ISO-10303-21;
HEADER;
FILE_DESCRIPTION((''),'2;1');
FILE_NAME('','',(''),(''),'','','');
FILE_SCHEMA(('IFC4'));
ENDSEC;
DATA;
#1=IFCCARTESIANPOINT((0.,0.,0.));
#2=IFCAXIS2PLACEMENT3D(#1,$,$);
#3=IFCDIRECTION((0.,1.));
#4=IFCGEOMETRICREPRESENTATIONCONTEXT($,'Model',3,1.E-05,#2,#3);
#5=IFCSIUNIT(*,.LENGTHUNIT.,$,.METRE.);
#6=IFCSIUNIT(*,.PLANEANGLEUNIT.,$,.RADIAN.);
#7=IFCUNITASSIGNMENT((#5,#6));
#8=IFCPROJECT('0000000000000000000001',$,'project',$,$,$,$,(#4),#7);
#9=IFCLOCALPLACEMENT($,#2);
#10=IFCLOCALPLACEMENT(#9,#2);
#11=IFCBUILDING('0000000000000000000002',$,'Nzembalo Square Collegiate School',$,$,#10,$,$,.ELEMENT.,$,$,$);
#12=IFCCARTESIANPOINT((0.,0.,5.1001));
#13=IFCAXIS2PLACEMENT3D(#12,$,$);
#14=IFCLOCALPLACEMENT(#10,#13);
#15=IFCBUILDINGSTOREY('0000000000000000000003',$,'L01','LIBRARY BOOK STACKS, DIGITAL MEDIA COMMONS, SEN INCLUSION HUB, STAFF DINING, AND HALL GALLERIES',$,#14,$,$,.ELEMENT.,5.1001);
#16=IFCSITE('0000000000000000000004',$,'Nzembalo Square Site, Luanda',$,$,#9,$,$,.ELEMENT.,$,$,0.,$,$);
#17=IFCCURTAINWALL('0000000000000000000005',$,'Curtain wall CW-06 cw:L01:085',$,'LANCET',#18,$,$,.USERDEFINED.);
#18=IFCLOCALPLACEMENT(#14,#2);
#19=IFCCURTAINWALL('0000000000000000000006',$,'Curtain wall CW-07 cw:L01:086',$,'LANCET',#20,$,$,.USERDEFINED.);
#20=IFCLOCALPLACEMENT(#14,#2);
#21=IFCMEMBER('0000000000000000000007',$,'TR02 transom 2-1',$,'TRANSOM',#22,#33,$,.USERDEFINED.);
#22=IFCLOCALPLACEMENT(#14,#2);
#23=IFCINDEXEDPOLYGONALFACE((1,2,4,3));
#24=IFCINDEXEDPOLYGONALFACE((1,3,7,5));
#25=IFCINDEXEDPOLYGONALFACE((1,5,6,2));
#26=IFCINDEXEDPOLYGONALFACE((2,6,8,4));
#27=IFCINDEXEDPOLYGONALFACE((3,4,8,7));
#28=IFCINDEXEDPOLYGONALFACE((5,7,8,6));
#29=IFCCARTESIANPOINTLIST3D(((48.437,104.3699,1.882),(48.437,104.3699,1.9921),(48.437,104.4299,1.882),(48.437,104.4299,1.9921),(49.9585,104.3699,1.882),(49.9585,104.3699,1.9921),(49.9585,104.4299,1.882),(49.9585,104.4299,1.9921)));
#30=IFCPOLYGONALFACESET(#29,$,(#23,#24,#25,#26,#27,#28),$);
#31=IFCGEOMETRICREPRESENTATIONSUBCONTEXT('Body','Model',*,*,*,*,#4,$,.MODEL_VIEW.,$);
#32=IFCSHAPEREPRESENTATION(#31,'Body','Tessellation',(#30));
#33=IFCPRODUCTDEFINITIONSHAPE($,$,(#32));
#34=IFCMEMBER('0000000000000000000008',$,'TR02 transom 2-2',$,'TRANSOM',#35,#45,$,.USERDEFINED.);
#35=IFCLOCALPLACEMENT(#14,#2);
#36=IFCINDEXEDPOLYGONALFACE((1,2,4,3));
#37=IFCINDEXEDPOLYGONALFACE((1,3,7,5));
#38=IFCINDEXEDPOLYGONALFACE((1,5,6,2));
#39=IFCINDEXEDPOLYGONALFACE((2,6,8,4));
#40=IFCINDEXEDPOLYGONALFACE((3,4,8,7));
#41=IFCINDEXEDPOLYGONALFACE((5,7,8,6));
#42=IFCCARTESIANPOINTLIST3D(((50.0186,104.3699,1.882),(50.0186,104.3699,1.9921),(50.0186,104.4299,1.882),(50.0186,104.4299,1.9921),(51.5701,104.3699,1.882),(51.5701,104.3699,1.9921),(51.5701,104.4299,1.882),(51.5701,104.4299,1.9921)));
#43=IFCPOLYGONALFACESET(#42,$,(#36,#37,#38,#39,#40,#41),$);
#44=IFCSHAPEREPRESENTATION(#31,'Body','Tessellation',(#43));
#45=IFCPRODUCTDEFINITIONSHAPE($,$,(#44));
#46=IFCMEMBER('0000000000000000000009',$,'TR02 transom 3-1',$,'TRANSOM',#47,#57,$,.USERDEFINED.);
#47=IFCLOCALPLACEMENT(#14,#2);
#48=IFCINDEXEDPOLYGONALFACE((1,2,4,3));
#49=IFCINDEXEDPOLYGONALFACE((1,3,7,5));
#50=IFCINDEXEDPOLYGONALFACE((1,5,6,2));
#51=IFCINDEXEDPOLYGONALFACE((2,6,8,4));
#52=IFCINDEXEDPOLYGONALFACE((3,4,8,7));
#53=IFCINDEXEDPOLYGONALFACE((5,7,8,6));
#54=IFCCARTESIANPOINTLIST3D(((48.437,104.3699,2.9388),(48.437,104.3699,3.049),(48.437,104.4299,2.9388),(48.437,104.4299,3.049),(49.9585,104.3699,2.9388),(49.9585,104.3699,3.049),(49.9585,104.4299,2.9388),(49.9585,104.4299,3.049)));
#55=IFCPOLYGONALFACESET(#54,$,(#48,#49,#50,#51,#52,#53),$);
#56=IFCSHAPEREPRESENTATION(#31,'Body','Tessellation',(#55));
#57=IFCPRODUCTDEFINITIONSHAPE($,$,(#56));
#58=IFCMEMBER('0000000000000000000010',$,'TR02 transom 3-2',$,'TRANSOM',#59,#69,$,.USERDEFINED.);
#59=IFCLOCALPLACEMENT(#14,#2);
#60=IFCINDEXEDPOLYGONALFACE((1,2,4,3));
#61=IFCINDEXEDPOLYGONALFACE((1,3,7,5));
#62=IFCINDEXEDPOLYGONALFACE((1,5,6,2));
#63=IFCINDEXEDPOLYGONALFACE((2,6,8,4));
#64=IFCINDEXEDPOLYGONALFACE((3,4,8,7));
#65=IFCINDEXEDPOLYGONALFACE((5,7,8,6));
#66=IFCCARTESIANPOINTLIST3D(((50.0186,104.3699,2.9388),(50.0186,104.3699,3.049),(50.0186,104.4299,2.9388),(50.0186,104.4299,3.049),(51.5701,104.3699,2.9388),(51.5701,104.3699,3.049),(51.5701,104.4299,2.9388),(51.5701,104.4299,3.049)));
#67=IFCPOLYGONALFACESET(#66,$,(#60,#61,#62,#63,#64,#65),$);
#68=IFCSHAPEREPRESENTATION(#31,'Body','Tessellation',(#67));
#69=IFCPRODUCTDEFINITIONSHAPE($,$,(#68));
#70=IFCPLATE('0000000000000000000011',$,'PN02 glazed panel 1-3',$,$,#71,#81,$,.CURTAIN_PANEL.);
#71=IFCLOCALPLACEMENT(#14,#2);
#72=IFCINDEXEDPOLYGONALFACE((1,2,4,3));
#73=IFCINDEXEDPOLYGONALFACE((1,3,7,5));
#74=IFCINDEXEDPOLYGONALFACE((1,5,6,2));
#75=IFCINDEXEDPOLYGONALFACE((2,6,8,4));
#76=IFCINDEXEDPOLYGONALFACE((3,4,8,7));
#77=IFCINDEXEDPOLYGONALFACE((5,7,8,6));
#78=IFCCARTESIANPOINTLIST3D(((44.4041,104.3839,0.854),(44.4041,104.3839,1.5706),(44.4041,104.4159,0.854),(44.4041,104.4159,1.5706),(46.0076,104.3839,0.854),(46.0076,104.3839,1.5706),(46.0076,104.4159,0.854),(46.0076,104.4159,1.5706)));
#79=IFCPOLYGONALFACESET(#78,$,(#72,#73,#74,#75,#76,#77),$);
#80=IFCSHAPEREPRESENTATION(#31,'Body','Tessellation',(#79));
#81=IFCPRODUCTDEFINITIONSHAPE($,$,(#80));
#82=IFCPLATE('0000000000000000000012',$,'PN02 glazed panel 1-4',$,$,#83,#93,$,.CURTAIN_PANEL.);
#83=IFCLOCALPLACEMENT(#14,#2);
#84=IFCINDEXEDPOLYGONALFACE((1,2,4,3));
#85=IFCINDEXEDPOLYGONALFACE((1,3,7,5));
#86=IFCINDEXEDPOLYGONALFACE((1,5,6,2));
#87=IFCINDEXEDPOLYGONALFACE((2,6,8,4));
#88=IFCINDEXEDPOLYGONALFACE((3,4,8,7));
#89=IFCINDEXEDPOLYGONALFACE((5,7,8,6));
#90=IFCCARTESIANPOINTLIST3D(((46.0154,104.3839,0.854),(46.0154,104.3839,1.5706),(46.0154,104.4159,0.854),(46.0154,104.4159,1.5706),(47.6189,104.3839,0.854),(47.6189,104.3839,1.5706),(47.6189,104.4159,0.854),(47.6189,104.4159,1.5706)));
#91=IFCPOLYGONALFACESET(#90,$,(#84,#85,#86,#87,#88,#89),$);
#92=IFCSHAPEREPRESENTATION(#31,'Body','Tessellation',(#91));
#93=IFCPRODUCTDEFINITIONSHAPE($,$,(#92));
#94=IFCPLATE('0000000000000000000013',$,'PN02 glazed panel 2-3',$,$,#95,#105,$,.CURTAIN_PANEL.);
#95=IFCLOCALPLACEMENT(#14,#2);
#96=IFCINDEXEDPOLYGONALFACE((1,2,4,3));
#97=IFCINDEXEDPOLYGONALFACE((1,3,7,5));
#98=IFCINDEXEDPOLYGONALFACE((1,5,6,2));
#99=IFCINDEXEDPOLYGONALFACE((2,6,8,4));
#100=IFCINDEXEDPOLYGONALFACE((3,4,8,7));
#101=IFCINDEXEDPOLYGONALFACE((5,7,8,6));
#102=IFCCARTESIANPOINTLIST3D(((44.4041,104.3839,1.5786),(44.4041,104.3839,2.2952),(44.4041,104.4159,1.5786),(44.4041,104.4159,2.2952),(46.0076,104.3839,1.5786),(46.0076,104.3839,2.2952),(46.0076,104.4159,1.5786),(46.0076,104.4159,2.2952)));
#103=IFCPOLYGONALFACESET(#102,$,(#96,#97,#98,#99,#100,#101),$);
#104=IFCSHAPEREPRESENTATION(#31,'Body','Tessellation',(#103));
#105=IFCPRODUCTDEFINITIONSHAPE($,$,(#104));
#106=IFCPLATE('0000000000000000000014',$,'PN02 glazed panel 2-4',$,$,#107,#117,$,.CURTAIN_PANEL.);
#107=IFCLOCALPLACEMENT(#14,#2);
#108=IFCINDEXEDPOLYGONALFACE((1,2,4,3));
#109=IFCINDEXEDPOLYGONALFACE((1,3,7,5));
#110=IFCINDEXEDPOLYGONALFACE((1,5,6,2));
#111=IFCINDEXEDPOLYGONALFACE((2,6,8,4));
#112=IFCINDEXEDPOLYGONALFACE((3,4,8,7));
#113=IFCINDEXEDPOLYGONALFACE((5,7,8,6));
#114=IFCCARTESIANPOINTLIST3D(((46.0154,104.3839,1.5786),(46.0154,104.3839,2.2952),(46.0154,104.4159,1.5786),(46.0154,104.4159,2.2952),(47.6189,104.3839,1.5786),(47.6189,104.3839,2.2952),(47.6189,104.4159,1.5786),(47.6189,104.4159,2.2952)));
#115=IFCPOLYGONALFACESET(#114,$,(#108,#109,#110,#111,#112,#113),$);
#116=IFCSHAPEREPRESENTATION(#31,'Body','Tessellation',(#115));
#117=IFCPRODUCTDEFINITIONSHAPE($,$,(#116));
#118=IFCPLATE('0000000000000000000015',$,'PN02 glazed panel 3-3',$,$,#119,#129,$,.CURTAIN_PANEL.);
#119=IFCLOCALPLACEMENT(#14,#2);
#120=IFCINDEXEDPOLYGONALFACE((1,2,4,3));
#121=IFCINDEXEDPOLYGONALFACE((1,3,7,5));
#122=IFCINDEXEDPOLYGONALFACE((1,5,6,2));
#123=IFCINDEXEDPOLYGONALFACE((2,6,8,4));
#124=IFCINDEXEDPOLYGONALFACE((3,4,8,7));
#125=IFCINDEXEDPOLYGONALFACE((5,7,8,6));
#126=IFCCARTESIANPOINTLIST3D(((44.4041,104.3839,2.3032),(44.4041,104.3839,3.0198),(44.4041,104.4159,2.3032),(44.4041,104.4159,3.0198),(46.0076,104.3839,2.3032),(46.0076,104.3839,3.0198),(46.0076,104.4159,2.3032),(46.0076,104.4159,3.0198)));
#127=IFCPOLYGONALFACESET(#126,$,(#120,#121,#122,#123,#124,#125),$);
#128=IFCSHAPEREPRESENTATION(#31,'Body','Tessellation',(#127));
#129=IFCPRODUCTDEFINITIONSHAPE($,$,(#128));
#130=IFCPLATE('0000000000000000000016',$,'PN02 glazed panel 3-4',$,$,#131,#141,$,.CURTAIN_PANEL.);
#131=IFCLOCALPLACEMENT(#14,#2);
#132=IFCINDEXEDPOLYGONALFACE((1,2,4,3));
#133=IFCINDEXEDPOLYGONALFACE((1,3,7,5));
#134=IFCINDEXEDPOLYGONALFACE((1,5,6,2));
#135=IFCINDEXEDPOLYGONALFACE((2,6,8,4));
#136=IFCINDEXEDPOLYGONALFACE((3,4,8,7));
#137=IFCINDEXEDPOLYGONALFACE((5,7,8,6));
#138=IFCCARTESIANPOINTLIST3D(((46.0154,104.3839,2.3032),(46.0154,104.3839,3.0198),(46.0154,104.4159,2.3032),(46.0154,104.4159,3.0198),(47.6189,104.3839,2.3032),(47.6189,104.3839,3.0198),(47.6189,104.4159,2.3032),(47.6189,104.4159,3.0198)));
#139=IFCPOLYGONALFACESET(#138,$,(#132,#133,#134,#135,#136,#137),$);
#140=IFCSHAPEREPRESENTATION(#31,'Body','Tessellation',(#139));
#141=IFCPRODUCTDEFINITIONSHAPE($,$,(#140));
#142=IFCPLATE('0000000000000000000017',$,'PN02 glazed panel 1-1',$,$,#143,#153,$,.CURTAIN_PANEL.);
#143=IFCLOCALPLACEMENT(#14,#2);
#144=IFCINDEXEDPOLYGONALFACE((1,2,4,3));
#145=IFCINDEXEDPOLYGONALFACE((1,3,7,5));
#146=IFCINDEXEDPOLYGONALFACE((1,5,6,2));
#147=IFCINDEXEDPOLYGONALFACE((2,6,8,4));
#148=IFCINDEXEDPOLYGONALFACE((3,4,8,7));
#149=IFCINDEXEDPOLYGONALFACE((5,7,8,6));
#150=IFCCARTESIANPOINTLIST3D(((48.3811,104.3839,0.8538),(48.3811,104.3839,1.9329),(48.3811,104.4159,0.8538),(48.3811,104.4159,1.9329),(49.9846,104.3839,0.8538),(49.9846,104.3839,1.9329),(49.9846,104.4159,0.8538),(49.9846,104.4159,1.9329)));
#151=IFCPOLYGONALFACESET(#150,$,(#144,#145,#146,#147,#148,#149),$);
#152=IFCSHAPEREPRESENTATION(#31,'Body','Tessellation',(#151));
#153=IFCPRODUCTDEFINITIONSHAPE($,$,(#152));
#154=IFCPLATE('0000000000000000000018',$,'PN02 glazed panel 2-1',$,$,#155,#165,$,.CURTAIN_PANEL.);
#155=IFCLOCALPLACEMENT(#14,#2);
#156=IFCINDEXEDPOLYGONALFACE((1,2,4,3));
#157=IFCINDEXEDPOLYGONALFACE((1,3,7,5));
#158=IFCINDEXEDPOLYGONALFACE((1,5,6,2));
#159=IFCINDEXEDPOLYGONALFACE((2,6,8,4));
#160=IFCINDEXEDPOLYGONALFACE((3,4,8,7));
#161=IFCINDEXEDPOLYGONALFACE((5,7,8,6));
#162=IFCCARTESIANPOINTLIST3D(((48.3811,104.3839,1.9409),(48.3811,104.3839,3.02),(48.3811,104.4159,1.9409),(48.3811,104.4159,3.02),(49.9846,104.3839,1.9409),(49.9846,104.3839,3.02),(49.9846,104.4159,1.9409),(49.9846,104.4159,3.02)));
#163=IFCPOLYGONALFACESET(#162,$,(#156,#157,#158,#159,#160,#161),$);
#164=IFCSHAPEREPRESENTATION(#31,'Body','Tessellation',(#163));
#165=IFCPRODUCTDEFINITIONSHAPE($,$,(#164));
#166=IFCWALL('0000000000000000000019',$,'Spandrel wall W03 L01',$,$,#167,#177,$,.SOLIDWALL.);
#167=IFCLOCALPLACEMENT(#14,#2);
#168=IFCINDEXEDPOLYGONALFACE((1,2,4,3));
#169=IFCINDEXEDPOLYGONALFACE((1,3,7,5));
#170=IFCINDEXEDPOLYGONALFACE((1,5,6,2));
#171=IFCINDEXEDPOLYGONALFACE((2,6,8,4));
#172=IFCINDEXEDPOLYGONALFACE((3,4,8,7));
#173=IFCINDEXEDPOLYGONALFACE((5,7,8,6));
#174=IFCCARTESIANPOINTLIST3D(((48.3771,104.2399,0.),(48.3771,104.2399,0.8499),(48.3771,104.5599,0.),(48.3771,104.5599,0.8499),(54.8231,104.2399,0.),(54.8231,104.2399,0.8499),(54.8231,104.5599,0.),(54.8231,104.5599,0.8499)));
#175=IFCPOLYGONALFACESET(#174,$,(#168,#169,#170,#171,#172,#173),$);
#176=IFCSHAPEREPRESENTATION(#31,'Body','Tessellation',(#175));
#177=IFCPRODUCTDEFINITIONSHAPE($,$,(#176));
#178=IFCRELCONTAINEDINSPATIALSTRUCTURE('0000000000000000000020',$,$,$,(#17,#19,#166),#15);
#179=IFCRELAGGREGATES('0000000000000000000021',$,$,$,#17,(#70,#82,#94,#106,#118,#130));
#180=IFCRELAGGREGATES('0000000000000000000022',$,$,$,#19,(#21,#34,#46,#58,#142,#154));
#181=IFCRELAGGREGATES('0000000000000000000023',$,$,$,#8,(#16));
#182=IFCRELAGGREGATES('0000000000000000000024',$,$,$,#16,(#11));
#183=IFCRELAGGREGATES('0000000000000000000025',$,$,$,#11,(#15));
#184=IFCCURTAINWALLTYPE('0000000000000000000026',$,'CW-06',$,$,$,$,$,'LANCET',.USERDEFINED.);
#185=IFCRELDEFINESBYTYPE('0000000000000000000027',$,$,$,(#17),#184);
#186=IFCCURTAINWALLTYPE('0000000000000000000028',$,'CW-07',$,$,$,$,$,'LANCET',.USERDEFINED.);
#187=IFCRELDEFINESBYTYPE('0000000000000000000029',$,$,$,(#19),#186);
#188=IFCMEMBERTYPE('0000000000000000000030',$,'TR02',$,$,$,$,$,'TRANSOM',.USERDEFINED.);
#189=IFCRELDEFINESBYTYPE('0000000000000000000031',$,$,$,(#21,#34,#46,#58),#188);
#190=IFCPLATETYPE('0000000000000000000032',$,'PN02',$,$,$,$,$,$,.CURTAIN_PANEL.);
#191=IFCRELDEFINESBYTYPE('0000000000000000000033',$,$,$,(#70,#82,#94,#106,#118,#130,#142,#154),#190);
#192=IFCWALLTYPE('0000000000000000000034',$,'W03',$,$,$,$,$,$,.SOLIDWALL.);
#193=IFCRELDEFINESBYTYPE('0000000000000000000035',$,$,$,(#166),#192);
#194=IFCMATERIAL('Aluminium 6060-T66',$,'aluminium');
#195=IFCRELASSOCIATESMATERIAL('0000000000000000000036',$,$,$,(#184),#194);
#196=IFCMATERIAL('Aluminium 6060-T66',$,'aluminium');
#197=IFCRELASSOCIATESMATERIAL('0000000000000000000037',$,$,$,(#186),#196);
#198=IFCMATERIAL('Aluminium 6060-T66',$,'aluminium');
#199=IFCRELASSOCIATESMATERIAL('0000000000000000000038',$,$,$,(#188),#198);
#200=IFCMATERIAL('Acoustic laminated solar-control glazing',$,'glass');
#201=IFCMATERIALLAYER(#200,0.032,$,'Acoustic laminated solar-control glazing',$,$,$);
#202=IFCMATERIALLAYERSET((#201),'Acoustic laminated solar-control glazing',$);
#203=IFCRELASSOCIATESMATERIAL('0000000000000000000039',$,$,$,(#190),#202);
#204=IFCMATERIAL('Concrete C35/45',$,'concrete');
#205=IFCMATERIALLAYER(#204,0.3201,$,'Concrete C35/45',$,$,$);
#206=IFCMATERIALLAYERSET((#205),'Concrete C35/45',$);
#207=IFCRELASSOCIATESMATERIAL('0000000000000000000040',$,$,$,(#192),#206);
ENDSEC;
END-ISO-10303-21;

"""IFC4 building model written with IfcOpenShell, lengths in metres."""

from ifc_helpers import new_model, si_unit, direction, frame, frame_2d, origin, origin_2d, place, context, subcontext, project, spatial, rectangle, extrude, material, layer, layer_set, material_profile, profile_set, type_object, element, aggregate, save


model = new_model("IFC4")

# Units and contexts
model_context = context("Model", 3, precision=1e-05, world=origin(), true_north=direction((0.0, 1.0)))
body_context = subcontext(model_context, "Body", "Model", "MODEL_VIEW")
ifc_project = project(units=[si_unit("LENGTHUNIT", "METRE"), si_unit("PLANEANGLEUNIT", "RADIAN")], contexts=[model_context])

# Site, building, storey
site_placement = place(None, origin())
site = spatial("IfcSite", under=ifc_project, at=site_placement, Name="Nzembalo Square Site, Luanda", CompositionType="ELEMENT", RefElevation=0.0)
building_placement = place(site_placement, origin())
building = spatial("IfcBuilding", under=site, at=building_placement, Name="Nzembalo Square Collegiate School", CompositionType="ELEMENT")
storey_placement = place(building_placement, frame((0.0, 0.0, 5.1001)))
storey = spatial("IfcBuildingStorey", under=building, at=storey_placement, Name="L01", Description="LIBRARY BOOK STACKS, DIGITAL MEDIA COMMONS, SEN INCLUSION HUB, STAFF DINING, AND HALL GALLERIES", CompositionType="ELEMENT", Elevation=5.1001)

# Curtain walls
ifc_material_1 = material(Name="Aluminium 6060-T66", Category="aluminium")
curtain_wall_type_1 = type_object("IfcCurtainWallType", Name="CW-06", ElementType="LANCET", PredefinedType="USERDEFINED", material=ifc_material_1)
curtain_wall_1_placement = place(storey_placement, origin())
curtain_wall_1 = element("IfcCurtainWall", 1, at=curtain_wall_1_placement, inside=storey, type_object=curtain_wall_type_1, Name="Curtain wall CW-06 cw:L01:085", ObjectType="LANCET", PredefinedType="USERDEFINED")
ifc_material_2 = material(Name="Aluminium 6060-T66", Category="aluminium")
curtain_wall_type_2 = type_object("IfcCurtainWallType", Name="CW-07", ElementType="LANCET", PredefinedType="USERDEFINED", material=ifc_material_2)
curtain_wall_2_placement = place(storey_placement, origin())
curtain_wall_2 = element("IfcCurtainWall", 2, at=curtain_wall_2_placement, inside=storey, type_object=curtain_wall_type_2, Name="Curtain wall CW-07 cw:L01:086", ObjectType="LANCET", PredefinedType="USERDEFINED")

# Members
ifc_material_3 = material(Name="Aluminium 6060-T66", Category="aluminium")
ifc_material_profile_1 = material_profile(ifc_material_3, rectangle(XDim=0.0601, YDim=0.1101, at=origin_2d()), Name="ALU T60x110")
ifc_profile_set_1 = profile_set([ifc_material_profile_1], Name="Aluminium 6060-T66")
member_type_1 = type_object("IfcMemberType", Name="TR02", ElementType="TRANSOM", PredefinedType="USERDEFINED", material=ifc_profile_set_1)
member_1_placement = place(storey_placement, frame((48.437, 104.3999, 1.937), z_axis=(1.0, 0.0, 0.0), x_axis=(0.0, 1.0, 0.0)))
member_1 = element("IfcMember", 3, at=member_1_placement, type_object=member_type_1, Name="TR02 transom 2-1", ObjectType="TRANSOM", PredefinedType="USERDEFINED", context=body_context, shape_type="SweptSolid", body=[
    extrude(rectangle(XDim=0.0601, YDim=0.1101, at=origin_2d()), origin(), (0.0, 0.0, 1.0), 1.5215),
])
member_2_placement = place(storey_placement, frame((50.0186, 104.3999, 1.937), z_axis=(1.0, 0.0, 0.0), x_axis=(0.0, 1.0, 0.0)))
member_2 = element("IfcMember", 4, at=member_2_placement, type_object=member_type_1, Name="TR02 transom 2-2", ObjectType="TRANSOM", PredefinedType="USERDEFINED", context=body_context, shape_type="SweptSolid", body=[
    extrude(rectangle(XDim=0.0601, YDim=0.1101, at=origin_2d()), origin(), (0.0, 0.0, 1.0), 1.5515),
])
member_3_placement = place(storey_placement, frame((48.437, 104.3999, 2.9939), z_axis=(1.0, 0.0, 0.0), x_axis=(0.0, 1.0, 0.0)))
member_3 = element("IfcMember", 5, at=member_3_placement, type_object=member_type_1, Name="TR02 transom 3-1", ObjectType="TRANSOM", PredefinedType="USERDEFINED", context=body_context, shape_type="SweptSolid", body=[
    extrude(rectangle(XDim=0.0601, YDim=0.1101, at=origin_2d()), origin(), (0.0, 0.0, 1.0), 1.5215),
])
member_4_placement = place(storey_placement, frame((50.0186, 104.3999, 2.9939), z_axis=(1.0, 0.0, 0.0), x_axis=(0.0, 1.0, 0.0)))
member_4 = element("IfcMember", 6, at=member_4_placement, type_object=member_type_1, Name="TR02 transom 3-2", ObjectType="TRANSOM", PredefinedType="USERDEFINED", context=body_context, shape_type="SweptSolid", body=[
    extrude(rectangle(XDim=0.0601, YDim=0.1101, at=origin_2d()), origin(), (0.0, 0.0, 1.0), 1.5515),
])

# Plates
ifc_material_4 = material(Name="Acoustic laminated solar-control glazing", Category="glass")
ifc_layer_1 = layer(ifc_material_4, 0.032, Name="Acoustic laminated solar-control glazing")
ifc_layer_set_1 = layer_set([ifc_layer_1], Name="Acoustic laminated solar-control glazing")
plate_type = type_object("IfcPlateType", Name="PN02", PredefinedType="CURTAIN_PANEL", material=ifc_layer_set_1)
plate_1_placement = place(storey_placement, frame((45.2058, 104.3999, 0.854), z_axis=(0.0, 0.0, 1.0), x_axis=(1.0, 0.0, 0.0)))
plate_1 = element("IfcPlate", 7, at=plate_1_placement, type_object=plate_type, Name="PN02 glazed panel 1-3", PredefinedType="CURTAIN_PANEL", context=body_context, shape_type="SweptSolid", body=[
    extrude(rectangle(XDim=1.6035, YDim=0.032, at=origin_2d()), origin(), (0.0, 0.0, 1.0), 0.7166),
])
plate_2_placement = place(storey_placement, frame((46.8171, 104.3999, 0.854), z_axis=(0.0, 0.0, 1.0), x_axis=(1.0, 0.0, 0.0)))
plate_2 = element("IfcPlate", 8, at=plate_2_placement, type_object=plate_type, Name="PN02 glazed panel 1-4", PredefinedType="CURTAIN_PANEL", context=body_context, shape_type="SweptSolid", body=[
    extrude(rectangle(XDim=1.6035, YDim=0.032, at=origin_2d()), origin(), (0.0, 0.0, 1.0), 0.7166),
])
plate_3_placement = place(storey_placement, frame((45.2058, 104.3999, 1.5786), z_axis=(0.0, 0.0, 1.0), x_axis=(1.0, 0.0, 0.0)))
plate_3 = element("IfcPlate", 9, at=plate_3_placement, type_object=plate_type, Name="PN02 glazed panel 2-3", PredefinedType="CURTAIN_PANEL", context=body_context, shape_type="SweptSolid", body=[
    extrude(rectangle(XDim=1.6035, YDim=0.032, at=origin_2d()), origin(), (0.0, 0.0, 1.0), 0.7166),
])
plate_4_placement = place(storey_placement, frame((46.8171, 104.3999, 1.5786), z_axis=(0.0, 0.0, 1.0), x_axis=(1.0, 0.0, 0.0)))
plate_4 = element("IfcPlate", 10, at=plate_4_placement, type_object=plate_type, Name="PN02 glazed panel 2-4", PredefinedType="CURTAIN_PANEL", context=body_context, shape_type="SweptSolid", body=[
    extrude(rectangle(XDim=1.6035, YDim=0.032, at=origin_2d()), origin(), (0.0, 0.0, 1.0), 0.7166),
])
plate_5_placement = place(storey_placement, frame((45.2058, 104.3999, 2.3032), z_axis=(0.0, 0.0, 1.0), x_axis=(1.0, 0.0, 0.0)))
plate_5 = element("IfcPlate", 11, at=plate_5_placement, type_object=plate_type, Name="PN02 glazed panel 3-3", PredefinedType="CURTAIN_PANEL", context=body_context, shape_type="SweptSolid", body=[
    extrude(rectangle(XDim=1.6035, YDim=0.032, at=origin_2d()), origin(), (0.0, 0.0, 1.0), 0.7166),
])
plate_6_placement = place(storey_placement, frame((46.8171, 104.3999, 2.3032), z_axis=(0.0, 0.0, 1.0), x_axis=(1.0, 0.0, 0.0)))
plate_6 = element("IfcPlate", 12, at=plate_6_placement, type_object=plate_type, Name="PN02 glazed panel 3-4", PredefinedType="CURTAIN_PANEL", context=body_context, shape_type="SweptSolid", body=[
    extrude(rectangle(XDim=1.6035, YDim=0.032, at=origin_2d()), origin(), (0.0, 0.0, 1.0), 0.7166),
])
aggregate(curtain_wall_1, [plate_1, plate_2, plate_3, plate_4, plate_5, plate_6])
plate_7_placement = place(storey_placement, frame((49.1829, 104.3999, 0.8538), z_axis=(0.0, 0.0, 1.0), x_axis=(1.0, 0.0, 0.0)))
plate_7 = element("IfcPlate", 13, at=plate_7_placement, type_object=plate_type, Name="PN02 glazed panel 1-1", PredefinedType="CURTAIN_PANEL", context=body_context, shape_type="SweptSolid", body=[
    extrude(rectangle(XDim=1.6035, YDim=0.032, at=origin_2d()), origin(), (0.0, 0.0, 1.0), 1.0791),
])
plate_8_placement = place(storey_placement, frame((49.1829, 104.3999, 1.9409), z_axis=(0.0, 0.0, 1.0), x_axis=(1.0, 0.0, 0.0)))
plate_8 = element("IfcPlate", 14, at=plate_8_placement, type_object=plate_type, Name="PN02 glazed panel 2-1", PredefinedType="CURTAIN_PANEL", context=body_context, shape_type="SweptSolid", body=[
    extrude(rectangle(XDim=1.6035, YDim=0.032, at=origin_2d()), origin(), (0.0, 0.0, 1.0), 1.0791),
])
aggregate(curtain_wall_2, [member_1, member_2, member_3, member_4, plate_7, plate_8])

# Wall
ifc_material_5 = material(Name="Concrete C35/45", Category="concrete")
ifc_layer_2 = layer(ifc_material_5, 0.3201, Name="Concrete C35/45")
ifc_layer_set_2 = layer_set([ifc_layer_2], Name="Concrete C35/45")
wall_type = type_object("IfcWallType", Name="W03", PredefinedType="SOLIDWALL", material=ifc_layer_set_2)
wall_placement = place(storey_placement, frame((48.377, 104.3999, 0.0), z_axis=(0.0, 0.0, 1.0), x_axis=(1.0, 0.0, 0.0)))
element("IfcWall", 15, at=wall_placement, inside=storey, type_object=wall_type, Name="Spandrel wall W03 L01", PredefinedType="SOLIDWALL", context=body_context, shape_type="SweptSolid", body=[
    extrude(rectangle(XDim=6.446, YDim=0.3201, at=frame_2d((3.2231, 0.0))), origin(), (0.0, 0.0, 1.0), 0.8499),
])

save(model, "model.ifc")
